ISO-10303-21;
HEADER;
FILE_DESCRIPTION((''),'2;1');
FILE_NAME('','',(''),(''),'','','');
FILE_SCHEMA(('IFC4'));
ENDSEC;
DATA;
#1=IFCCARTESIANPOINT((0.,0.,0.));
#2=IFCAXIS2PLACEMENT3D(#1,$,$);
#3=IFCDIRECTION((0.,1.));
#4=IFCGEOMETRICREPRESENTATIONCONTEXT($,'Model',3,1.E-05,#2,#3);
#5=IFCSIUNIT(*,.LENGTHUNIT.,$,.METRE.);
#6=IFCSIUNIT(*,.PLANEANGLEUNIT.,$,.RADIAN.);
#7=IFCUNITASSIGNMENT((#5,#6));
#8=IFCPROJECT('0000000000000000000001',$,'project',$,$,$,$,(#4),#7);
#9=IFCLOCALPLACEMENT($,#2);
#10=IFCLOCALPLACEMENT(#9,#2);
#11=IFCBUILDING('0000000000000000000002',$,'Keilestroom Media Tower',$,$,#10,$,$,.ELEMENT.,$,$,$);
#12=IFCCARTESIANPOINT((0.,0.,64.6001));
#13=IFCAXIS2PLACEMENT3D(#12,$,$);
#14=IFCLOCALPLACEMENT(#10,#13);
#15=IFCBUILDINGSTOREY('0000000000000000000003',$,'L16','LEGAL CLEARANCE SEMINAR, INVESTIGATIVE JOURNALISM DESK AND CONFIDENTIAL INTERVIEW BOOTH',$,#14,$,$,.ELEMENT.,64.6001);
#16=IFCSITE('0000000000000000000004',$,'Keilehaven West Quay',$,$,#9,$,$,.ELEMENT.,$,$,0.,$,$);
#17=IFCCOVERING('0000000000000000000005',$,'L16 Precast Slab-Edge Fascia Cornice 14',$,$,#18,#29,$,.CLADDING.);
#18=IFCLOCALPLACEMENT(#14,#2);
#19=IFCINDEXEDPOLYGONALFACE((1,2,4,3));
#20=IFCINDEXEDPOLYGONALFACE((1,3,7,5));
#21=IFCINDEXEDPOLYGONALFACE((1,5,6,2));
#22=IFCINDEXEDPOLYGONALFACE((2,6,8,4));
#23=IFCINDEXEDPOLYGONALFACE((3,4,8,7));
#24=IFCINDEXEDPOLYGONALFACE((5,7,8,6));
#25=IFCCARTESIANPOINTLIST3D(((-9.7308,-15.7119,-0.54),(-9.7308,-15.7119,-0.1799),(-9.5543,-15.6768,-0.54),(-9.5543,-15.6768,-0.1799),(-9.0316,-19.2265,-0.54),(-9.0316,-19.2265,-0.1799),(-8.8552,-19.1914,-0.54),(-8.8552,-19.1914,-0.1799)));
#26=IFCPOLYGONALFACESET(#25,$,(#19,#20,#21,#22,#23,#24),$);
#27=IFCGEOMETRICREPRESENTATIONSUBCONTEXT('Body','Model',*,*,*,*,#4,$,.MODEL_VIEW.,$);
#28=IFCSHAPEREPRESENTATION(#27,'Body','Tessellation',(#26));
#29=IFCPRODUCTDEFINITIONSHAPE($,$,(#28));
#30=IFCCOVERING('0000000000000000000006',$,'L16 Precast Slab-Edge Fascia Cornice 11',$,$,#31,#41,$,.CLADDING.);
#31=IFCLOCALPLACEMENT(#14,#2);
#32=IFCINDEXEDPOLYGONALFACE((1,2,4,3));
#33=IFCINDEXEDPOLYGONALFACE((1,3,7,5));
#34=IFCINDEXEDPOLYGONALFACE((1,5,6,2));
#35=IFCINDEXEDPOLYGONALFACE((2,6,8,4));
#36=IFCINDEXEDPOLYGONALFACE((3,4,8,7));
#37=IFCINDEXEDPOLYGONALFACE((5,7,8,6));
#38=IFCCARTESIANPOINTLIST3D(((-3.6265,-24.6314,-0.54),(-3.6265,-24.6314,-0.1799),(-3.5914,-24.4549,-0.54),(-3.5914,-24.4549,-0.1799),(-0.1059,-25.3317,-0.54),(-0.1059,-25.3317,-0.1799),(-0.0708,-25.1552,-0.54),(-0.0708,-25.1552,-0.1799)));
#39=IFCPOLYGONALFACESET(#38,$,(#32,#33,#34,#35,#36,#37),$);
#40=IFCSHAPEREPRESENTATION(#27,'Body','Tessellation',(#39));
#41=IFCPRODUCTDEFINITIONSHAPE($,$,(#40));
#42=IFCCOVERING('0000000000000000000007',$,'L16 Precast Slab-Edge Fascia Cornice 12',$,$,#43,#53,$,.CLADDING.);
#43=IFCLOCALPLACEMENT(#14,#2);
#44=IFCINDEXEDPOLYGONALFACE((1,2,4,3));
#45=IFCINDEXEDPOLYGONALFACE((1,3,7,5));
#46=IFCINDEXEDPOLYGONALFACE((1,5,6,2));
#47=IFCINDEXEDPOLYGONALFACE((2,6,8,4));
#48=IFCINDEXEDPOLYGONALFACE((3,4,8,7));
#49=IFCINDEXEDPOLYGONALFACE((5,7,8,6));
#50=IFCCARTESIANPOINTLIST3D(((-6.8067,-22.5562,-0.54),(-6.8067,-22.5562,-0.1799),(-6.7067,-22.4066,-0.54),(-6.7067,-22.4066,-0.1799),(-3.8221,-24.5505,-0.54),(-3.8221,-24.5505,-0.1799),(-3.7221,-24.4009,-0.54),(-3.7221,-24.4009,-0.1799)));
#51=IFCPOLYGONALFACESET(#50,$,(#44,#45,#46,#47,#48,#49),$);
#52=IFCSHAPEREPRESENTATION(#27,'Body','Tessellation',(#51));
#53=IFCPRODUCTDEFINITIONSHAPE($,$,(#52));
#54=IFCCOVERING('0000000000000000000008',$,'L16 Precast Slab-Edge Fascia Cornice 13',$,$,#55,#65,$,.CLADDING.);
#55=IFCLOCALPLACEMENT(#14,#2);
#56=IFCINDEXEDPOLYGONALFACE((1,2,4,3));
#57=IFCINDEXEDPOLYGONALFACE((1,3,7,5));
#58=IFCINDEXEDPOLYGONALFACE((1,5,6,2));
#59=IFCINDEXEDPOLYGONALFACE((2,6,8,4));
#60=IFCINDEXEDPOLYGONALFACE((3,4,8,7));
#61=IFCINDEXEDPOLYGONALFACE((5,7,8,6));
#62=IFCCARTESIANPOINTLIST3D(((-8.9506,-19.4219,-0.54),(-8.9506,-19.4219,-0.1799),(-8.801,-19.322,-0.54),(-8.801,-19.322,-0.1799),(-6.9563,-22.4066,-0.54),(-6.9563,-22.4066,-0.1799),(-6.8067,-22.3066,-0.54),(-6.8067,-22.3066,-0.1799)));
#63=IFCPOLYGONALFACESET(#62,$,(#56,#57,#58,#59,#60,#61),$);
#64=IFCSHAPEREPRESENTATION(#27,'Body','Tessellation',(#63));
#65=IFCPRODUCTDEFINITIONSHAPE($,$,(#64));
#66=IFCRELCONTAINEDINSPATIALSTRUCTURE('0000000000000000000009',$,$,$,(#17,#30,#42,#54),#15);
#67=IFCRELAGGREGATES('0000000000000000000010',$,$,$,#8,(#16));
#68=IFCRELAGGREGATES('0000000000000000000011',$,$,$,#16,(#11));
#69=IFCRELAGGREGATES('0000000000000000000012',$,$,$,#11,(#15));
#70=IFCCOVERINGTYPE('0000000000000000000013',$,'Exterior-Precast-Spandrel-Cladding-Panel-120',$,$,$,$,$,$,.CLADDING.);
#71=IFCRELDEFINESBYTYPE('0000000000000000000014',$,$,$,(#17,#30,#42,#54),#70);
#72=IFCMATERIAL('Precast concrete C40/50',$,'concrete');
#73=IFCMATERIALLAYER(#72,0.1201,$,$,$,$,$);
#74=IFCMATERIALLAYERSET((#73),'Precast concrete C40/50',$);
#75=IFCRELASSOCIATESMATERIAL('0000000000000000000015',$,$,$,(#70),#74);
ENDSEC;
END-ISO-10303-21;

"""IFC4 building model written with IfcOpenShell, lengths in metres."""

from ifc_helpers import new_model, si_unit, direction, frame, origin, origin_2d, place, context, subcontext, project, spatial, rectangle, extrude, source, transform, mapped, material, layer, layer_set, type_object, element, save


model = new_model("IFC4")

# Units and contexts
model_context = context("Model", 3, precision=1e-05, world=origin(), true_north=direction((0.0, 1.0)))
body_context = subcontext(model_context, "Body", "Model", "MODEL_VIEW")
ifc_project = project(units=[si_unit("LENGTHUNIT", "METRE"), si_unit("PLANEANGLEUNIT", "RADIAN")], contexts=[model_context])

# Site, building, storey
site_placement = place(None, origin())
site = spatial("IfcSite", under=ifc_project, at=site_placement, Name="Keilehaven West Quay", CompositionType="ELEMENT", RefElevation=0.0)
building_placement = place(site_placement, origin())
building = spatial("IfcBuilding", under=site, at=building_placement, Name="Keilestroom Media Tower", CompositionType="ELEMENT")
storey_placement = place(building_placement, frame((0.0, 0.0, 64.6001)))
storey = spatial("IfcBuildingStorey", under=building, at=storey_placement, Name="L16", Description="LEGAL CLEARANCE SEMINAR, INVESTIGATIVE JOURNALISM DESK AND CONFIDENTIAL INTERVIEW BOOTH", CompositionType="ELEMENT", Elevation=64.6001)

# Shared definitions
ifc_material_1 = material(Name="Precast concrete C40/50", Category="concrete")

# Coverings
ifc_layer_1 = layer(ifc_material_1, 0.1201)
ifc_layer_set_1 = layer_set([ifc_layer_1], Name="Precast concrete C40/50")
covering_type = type_object("IfcCoveringType", Name="Exterior-Precast-Spandrel-Cladding-Panel-120", PredefinedType="CLADDING", material=ifc_layer_set_1)
shared_shape_1 = source(origin(), body_context, "Body", "SweptSolid", [
    extrude(rectangle(XDim=3.5835, YDim=0.1799, at=origin_2d()), origin(), (0.0, 0.0, 1.0), 0.3601),
])
covering_placement = place(storey_placement, frame((-9.293, -17.4517, -0.54), z_axis=(0.0, 0.0, 1.0), x_axis=(-0.195099, 0.980784, 0.0)))
element("IfcCovering", 1, at=covering_placement, inside=storey, type_object=covering_type, Name="L16 Precast Slab-Edge Fascia Cornice 14", PredefinedType="CLADDING", context=body_context, shape_type="MappedRepresentation", body=[
    mapped(shared_shape_1, transform((0.0, 0.0, 0.0), x_axis=(1.0, 0.0, 0.0), y_axis=(0.0, 1.0, 0.0), z_axis=(0.0, 0.0, 1.0), scale=1.0)),
])
shared_shape_2 = source(origin(), body_context, "Body", "SweptSolid", [
    extrude(rectangle(XDim=3.5896, YDim=0.1799, at=origin_2d()), origin(), (0.0, 0.0, 1.0), 0.3601),
])
for number, where, z_axis, x_axis, name in (
    (2, (-1.8486, -24.8933, -0.54), (0.0, 0.0, 1.0), (-0.980784, 0.195099, 0.0), "L16 Precast Slab-Edge Fascia Cornice 11"),
    (3, (-5.2644, -23.4785, -0.54), (0.0, 0.0, 1.0), (-0.831467, 0.555575, 0.0), "L16 Precast Slab-Edge Fascia Cornice 12"),
    (4, (-7.8787, -20.8643, -0.54), (0.0, 0.0, 1.0), (-0.555575, 0.831467, 0.0), "L16 Precast Slab-Edge Fascia Cornice 13"),
):
    element("IfcCovering", number, at=place(storey_placement, frame(where, z_axis=z_axis, x_axis=x_axis)), inside=storey, type_object=covering_type, Name=name, PredefinedType="CLADDING", context=body_context, shape_type="MappedRepresentation", body=[
        mapped(shared_shape_2, transform((0.0, 0.0, 0.0), x_axis=(1.0, 0.0, 0.0), y_axis=(0.0, 1.0, 0.0), z_axis=(0.0, 0.0, 1.0), scale=1.0)),
    ])

save(model, "model.ifc")
